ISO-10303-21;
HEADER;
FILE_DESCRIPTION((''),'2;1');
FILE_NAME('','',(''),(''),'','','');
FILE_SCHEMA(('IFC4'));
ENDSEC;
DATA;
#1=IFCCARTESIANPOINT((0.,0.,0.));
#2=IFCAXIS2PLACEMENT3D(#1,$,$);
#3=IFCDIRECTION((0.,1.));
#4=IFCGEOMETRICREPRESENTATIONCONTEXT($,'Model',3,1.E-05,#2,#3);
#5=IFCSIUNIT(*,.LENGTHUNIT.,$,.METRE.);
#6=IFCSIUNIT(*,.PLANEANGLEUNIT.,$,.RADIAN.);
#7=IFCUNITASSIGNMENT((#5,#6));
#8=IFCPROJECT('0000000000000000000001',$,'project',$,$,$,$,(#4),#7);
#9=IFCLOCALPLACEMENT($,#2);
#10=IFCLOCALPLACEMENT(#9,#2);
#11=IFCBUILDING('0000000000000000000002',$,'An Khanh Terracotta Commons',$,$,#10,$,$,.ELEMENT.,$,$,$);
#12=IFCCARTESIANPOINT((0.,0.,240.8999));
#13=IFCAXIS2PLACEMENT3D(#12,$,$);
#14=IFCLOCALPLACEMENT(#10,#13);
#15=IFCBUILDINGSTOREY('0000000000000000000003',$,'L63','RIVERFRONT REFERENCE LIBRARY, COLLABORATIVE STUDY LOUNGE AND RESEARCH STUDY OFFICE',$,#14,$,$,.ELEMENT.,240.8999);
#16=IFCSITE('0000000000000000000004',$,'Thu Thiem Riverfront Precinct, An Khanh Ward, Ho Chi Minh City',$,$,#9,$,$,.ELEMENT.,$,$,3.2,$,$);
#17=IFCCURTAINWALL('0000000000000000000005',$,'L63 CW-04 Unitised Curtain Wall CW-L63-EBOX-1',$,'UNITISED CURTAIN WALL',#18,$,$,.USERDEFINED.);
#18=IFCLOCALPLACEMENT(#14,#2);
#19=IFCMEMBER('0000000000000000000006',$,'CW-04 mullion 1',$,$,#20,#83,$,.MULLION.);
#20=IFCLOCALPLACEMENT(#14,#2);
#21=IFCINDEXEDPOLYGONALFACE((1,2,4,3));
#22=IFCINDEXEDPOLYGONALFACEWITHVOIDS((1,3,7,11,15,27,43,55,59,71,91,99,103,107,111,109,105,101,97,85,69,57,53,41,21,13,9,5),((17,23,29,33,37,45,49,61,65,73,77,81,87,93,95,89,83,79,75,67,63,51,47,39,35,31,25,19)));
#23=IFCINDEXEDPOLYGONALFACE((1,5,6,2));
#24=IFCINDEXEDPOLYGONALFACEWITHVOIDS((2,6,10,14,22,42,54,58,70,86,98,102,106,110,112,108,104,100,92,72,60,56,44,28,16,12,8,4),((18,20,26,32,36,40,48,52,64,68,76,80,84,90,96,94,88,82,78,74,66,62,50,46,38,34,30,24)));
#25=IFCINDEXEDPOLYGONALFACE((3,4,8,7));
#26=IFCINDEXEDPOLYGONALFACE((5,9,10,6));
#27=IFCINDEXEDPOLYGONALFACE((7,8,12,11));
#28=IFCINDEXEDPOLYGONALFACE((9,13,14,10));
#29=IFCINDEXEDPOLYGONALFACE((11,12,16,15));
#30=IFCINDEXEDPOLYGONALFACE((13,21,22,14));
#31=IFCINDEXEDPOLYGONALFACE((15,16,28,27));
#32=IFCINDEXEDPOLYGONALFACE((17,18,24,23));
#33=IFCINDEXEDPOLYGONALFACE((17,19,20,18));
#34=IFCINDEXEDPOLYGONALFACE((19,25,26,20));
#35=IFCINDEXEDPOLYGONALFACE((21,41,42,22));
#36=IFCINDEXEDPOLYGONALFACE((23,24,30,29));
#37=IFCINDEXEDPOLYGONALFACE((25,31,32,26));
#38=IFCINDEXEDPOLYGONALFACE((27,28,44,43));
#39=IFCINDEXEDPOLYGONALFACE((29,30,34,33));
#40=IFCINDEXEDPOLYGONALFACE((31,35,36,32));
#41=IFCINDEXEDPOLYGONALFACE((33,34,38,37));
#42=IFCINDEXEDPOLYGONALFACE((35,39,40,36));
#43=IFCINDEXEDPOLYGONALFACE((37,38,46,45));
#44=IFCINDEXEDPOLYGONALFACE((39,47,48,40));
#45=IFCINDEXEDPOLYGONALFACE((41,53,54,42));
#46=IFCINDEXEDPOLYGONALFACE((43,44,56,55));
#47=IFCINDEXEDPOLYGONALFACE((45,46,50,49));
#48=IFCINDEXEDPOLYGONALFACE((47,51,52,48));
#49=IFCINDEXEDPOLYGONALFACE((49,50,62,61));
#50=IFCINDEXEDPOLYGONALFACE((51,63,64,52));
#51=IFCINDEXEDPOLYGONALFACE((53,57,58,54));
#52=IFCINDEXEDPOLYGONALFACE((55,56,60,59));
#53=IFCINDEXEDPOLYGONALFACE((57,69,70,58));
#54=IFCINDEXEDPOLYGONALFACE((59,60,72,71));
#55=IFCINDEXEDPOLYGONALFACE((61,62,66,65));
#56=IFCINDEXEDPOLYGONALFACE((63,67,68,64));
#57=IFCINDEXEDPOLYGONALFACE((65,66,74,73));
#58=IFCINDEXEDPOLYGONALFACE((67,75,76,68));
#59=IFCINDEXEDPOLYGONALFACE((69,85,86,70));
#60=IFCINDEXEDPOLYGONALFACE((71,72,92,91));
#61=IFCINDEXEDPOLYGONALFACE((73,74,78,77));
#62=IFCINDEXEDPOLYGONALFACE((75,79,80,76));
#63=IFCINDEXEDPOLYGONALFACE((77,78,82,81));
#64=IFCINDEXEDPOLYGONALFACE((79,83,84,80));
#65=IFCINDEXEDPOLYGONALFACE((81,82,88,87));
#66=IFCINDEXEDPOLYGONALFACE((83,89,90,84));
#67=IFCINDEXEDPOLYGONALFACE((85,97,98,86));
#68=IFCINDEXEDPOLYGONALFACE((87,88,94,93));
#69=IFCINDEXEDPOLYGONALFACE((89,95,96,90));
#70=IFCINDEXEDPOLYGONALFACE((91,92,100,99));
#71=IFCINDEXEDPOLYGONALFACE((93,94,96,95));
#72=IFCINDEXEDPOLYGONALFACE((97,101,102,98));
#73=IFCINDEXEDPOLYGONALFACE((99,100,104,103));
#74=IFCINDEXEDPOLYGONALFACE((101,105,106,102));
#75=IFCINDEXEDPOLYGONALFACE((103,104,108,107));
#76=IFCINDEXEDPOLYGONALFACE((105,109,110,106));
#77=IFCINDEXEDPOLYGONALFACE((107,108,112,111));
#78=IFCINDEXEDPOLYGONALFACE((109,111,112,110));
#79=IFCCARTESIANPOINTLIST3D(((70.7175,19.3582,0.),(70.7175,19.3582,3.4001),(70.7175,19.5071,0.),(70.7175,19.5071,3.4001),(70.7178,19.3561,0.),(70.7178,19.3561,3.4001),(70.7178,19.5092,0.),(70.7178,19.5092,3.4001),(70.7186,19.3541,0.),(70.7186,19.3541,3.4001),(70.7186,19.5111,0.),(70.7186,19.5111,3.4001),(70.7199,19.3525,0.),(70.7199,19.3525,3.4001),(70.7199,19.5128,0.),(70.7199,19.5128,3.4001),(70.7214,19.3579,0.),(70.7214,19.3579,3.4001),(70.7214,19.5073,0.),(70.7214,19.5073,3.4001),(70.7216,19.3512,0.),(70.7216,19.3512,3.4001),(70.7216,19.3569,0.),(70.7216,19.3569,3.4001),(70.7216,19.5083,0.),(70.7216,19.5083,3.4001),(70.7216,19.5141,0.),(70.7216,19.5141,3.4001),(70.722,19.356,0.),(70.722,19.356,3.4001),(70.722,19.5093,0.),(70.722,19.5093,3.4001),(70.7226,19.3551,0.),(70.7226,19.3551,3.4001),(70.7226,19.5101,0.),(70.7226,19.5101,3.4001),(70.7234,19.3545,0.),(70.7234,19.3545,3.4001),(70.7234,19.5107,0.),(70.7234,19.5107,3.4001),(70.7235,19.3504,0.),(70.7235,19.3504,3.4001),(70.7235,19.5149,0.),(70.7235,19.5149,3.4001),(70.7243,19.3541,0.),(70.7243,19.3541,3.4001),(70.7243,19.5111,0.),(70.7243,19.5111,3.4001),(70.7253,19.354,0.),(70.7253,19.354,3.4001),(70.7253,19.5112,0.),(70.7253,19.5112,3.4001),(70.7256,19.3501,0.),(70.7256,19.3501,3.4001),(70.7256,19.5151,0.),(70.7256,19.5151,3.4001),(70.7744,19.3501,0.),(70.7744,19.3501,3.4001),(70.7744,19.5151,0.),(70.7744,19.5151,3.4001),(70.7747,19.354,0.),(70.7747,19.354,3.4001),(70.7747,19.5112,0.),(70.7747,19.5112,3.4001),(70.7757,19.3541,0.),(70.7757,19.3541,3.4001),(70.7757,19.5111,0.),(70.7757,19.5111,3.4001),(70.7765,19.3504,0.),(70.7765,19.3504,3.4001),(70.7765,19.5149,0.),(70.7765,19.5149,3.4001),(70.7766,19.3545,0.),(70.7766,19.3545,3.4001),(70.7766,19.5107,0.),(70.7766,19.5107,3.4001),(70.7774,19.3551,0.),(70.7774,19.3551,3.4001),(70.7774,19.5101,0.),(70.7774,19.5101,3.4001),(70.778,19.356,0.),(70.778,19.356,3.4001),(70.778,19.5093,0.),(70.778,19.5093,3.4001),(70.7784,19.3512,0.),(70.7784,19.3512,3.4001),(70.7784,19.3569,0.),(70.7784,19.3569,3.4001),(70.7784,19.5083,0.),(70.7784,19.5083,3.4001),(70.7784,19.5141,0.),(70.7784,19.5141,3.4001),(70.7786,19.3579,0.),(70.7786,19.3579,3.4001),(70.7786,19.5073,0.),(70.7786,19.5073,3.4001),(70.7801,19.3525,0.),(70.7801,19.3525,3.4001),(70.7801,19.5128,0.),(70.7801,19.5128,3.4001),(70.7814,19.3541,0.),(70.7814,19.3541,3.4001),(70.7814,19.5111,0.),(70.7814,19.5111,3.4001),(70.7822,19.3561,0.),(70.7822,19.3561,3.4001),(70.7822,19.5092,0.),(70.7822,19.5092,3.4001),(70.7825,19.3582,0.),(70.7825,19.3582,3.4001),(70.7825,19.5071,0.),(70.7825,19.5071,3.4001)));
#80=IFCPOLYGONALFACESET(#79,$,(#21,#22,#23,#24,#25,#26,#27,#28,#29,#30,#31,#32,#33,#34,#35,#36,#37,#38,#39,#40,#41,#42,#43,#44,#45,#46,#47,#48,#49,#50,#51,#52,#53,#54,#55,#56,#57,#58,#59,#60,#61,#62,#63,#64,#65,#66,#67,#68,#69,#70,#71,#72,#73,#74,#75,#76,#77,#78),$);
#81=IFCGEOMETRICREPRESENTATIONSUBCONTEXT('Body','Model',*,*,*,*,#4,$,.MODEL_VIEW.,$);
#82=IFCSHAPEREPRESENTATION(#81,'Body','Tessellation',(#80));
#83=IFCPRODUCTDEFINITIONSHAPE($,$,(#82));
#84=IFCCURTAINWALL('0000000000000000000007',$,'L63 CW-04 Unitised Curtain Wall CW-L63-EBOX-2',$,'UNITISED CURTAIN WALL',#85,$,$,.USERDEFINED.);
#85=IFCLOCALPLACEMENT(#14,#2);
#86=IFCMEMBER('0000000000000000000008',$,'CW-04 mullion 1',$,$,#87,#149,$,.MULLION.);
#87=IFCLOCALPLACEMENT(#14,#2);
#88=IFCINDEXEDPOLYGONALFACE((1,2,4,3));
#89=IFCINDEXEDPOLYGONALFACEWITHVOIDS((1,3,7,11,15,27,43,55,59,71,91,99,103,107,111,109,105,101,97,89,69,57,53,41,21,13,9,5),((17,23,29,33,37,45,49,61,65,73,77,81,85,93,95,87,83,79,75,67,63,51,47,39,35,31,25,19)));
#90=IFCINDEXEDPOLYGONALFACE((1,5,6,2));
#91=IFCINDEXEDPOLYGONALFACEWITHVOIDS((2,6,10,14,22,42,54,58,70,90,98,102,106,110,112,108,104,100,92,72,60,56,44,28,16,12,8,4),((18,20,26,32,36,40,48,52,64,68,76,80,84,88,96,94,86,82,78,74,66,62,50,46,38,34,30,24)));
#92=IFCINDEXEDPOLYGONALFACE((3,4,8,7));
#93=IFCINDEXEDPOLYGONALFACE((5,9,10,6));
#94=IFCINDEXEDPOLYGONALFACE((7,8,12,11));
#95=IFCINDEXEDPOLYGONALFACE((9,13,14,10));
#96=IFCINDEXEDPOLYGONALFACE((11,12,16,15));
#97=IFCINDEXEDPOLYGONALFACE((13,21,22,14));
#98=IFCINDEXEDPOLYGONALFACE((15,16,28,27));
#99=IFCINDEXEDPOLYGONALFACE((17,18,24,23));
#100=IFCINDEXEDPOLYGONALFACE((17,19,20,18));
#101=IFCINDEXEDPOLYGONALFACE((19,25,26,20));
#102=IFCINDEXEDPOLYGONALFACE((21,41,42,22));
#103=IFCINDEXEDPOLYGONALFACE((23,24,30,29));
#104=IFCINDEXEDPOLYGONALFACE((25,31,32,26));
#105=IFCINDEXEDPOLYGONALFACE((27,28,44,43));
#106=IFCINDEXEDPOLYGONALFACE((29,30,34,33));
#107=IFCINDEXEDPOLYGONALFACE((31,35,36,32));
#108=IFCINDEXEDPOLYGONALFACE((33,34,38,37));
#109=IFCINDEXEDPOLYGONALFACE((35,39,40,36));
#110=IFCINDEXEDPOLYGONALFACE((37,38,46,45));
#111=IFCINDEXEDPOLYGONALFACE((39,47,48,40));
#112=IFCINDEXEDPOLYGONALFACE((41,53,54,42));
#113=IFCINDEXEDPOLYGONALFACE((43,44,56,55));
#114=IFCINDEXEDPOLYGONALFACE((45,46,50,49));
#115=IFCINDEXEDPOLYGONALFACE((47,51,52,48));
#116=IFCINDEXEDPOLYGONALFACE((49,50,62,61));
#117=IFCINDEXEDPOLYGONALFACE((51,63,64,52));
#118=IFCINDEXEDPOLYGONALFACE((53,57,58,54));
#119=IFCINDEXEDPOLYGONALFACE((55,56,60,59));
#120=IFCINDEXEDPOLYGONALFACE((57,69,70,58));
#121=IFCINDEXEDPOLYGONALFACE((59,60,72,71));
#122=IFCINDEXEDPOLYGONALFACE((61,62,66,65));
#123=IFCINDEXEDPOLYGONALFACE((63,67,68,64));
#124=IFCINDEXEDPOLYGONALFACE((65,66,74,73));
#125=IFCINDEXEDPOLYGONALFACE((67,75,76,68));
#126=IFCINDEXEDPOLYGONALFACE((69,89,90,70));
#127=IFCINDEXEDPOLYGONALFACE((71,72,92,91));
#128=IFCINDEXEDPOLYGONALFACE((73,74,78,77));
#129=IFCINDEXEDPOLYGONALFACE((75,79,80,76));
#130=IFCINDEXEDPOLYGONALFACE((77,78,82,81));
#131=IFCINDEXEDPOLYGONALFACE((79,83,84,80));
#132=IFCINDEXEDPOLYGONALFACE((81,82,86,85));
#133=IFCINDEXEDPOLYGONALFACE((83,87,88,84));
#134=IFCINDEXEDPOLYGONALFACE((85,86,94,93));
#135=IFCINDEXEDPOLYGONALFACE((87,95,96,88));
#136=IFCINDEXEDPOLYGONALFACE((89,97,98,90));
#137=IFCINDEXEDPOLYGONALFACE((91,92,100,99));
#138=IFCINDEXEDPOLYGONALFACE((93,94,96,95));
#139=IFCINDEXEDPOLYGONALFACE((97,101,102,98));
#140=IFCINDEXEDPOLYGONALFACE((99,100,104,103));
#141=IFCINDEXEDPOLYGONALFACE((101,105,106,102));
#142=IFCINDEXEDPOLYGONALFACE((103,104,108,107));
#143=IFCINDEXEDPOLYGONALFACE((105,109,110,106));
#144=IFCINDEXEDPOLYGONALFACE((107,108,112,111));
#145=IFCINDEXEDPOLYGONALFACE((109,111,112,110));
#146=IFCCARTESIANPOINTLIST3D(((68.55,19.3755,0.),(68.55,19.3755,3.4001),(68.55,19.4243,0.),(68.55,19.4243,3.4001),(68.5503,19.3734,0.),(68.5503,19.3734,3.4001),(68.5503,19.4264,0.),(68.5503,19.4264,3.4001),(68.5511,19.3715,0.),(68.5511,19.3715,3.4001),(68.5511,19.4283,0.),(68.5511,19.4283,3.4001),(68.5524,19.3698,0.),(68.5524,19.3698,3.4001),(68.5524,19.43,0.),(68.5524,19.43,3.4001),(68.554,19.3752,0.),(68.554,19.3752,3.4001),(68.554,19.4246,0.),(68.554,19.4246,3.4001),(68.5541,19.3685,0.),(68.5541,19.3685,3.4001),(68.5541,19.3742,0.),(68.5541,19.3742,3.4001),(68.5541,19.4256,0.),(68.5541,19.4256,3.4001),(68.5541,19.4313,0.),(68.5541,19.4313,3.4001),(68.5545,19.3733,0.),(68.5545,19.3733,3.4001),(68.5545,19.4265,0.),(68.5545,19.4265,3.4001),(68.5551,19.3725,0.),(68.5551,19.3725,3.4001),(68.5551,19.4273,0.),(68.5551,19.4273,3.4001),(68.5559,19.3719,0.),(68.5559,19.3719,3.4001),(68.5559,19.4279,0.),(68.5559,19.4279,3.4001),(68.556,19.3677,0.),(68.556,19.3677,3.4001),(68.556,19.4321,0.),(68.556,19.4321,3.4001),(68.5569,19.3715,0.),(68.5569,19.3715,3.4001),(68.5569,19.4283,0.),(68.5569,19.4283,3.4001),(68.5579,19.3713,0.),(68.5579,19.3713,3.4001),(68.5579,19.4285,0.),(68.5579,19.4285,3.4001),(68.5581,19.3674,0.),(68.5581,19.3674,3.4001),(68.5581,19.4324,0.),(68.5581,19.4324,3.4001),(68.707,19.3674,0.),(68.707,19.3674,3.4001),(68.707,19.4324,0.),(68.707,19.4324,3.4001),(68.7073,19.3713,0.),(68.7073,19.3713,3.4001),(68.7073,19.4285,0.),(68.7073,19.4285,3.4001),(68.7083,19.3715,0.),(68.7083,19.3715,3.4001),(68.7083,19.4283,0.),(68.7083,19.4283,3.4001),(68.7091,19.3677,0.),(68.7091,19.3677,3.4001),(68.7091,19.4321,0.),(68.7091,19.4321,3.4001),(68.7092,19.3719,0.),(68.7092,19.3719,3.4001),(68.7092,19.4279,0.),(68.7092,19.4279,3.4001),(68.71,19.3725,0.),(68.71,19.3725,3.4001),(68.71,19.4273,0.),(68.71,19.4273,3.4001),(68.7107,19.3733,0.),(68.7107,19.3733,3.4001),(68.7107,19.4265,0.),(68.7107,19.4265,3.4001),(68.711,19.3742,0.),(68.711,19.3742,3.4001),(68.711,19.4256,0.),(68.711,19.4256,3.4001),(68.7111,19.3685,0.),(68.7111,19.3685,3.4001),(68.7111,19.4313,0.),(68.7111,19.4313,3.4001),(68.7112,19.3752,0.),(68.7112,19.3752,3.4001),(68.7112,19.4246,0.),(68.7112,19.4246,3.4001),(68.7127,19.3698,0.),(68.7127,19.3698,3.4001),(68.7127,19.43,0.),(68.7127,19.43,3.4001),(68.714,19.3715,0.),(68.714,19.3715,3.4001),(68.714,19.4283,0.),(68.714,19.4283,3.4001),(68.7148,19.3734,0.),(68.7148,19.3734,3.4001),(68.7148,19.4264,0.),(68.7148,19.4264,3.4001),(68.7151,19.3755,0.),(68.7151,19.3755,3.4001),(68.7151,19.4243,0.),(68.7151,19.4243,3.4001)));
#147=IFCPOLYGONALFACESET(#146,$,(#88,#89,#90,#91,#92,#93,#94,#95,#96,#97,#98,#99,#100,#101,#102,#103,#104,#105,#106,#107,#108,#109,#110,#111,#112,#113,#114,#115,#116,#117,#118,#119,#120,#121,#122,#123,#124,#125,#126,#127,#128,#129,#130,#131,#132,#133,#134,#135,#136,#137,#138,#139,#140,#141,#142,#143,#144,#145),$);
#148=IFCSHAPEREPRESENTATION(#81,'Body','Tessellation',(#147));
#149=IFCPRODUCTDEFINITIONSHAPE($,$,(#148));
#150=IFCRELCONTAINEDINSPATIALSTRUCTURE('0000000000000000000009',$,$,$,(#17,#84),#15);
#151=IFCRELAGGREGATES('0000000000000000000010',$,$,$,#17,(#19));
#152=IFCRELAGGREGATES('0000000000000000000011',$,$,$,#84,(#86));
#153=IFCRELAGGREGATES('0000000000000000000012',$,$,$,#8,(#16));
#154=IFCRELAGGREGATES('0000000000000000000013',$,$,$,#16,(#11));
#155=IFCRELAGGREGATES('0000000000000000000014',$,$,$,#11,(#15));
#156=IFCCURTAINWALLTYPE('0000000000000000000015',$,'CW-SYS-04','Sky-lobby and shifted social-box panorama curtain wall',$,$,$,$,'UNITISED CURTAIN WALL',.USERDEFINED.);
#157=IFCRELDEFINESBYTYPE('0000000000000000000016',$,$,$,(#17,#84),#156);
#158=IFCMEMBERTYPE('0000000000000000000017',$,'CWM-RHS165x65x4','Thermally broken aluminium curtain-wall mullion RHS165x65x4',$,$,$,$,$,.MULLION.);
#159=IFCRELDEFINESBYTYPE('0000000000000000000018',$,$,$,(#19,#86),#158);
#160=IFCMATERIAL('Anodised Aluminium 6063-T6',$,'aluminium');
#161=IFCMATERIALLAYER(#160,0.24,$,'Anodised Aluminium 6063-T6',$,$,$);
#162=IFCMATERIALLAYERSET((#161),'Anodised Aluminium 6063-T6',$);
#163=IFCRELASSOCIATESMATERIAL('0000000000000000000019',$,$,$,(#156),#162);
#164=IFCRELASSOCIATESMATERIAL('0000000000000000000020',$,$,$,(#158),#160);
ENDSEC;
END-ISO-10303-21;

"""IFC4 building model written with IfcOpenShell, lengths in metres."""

from ifc_helpers import new_model, si_unit, direction, frame, origin, origin_2d, place, context, subcontext, project, spatial, hollow_rectangle, extrude, material, layer, layer_set, material_profile, profile_set, type_object, element, aggregate, save


model = new_model("IFC4")

# Units and contexts
model_context = context("Model", 3, precision=1e-05, world=origin(), true_north=direction((0.0, 1.0)))
body_context = subcontext(model_context, "Body", "Model", "MODEL_VIEW")
ifc_project = project(units=[si_unit("LENGTHUNIT", "METRE"), si_unit("PLANEANGLEUNIT", "RADIAN")], contexts=[model_context])

# Site, building, storey
site_placement = place(None, origin())
site = spatial("IfcSite", under=ifc_project, at=site_placement, Name="Thu Thiem Riverfront Precinct, An Khanh Ward, Ho Chi Minh City", CompositionType="ELEMENT", RefElevation=3.2)
building_placement = place(site_placement, origin())
building = spatial("IfcBuilding", under=site, at=building_placement, Name="An Khanh Terracotta Commons", CompositionType="ELEMENT")
storey_placement = place(building_placement, frame((0.0, 0.0, 240.8999)))
storey = spatial("IfcBuildingStorey", under=building, at=storey_placement, Name="L63", Description="RIVERFRONT REFERENCE LIBRARY, COLLABORATIVE STUDY LOUNGE AND RESEARCH STUDY OFFICE", CompositionType="ELEMENT", Elevation=240.8999)

# Curtain wall, member
ifc_material_1 = material(Name="Anodised Aluminium 6063-T6", Category="aluminium")
ifc_layer_1 = layer(ifc_material_1, 0.24, Name="Anodised Aluminium 6063-T6")
ifc_layer_set_1 = layer_set([ifc_layer_1], Name="Anodised Aluminium 6063-T6")
curtain_wall_type_1 = type_object("IfcCurtainWallType", Name="CW-SYS-04", Description="Sky-lobby and shifted social-box panorama curtain wall", ElementType="UNITISED CURTAIN WALL", PredefinedType="USERDEFINED", material=ifc_layer_set_1)
curtain_wall_1_placement = place(storey_placement, origin())
curtain_wall_1 = element("IfcCurtainWall", 1, at=curtain_wall_1_placement, inside=storey, type_object=curtain_wall_type_1, Name="L63 CW-04 Unitised Curtain Wall CW-L63-EBOX-1", ObjectType="UNITISED CURTAIN WALL", PredefinedType="USERDEFINED")
ifc_material_profile_1 = material_profile(ifc_material_1, hollow_rectangle(XDim=0.0649, YDim=0.165, WallThickness=0.0039, InnerFilletRadius=0.0039, OuterFilletRadius=0.0081, at=origin_2d()), Name="RHS165x65x4")
ifc_profile_set_1 = profile_set([ifc_material_profile_1], Name="Anodised Aluminium 6063-T6")
member_type_1 = type_object("IfcMemberType", Name="CWM-RHS165x65x4", Description="Thermally broken aluminium curtain-wall mullion RHS165x65x4", PredefinedType="MULLION", material=ifc_profile_set_1)
member_1_placement = place(storey_placement, frame((70.75, 19.4326, 0.0), z_axis=(0.0, 0.0, 1.0), x_axis=(-1.0, 0.0, 0.0)))
member_1 = element("IfcMember", 2, at=member_1_placement, type_object=member_type_1, Name="CW-04 mullion 1", PredefinedType="MULLION", context=body_context, shape_type="SweptSolid", body=[
    extrude(hollow_rectangle(XDim=0.0649, YDim=0.165, WallThickness=0.0039, InnerFilletRadius=0.0039, OuterFilletRadius=0.0081, at=origin_2d()), origin(), (0.0, 0.0, 1.0), 3.4001),
])

# Curtain wall, member
curtain_wall_2_placement = place(storey_placement, origin())
curtain_wall_2 = element("IfcCurtainWall", 3, at=curtain_wall_2_placement, inside=storey, type_object=curtain_wall_type_1, Name="L63 CW-04 Unitised Curtain Wall CW-L63-EBOX-2", ObjectType="UNITISED CURTAIN WALL", PredefinedType="USERDEFINED")
member_2_placement = place(storey_placement, frame((68.6326, 19.3999, 0.0), z_axis=(0.0, 0.0, 1.0), x_axis=(0.0, 1.0, 0.0)))
member_2 = element("IfcMember", 4, at=member_2_placement, type_object=member_type_1, Name="CW-04 mullion 1", PredefinedType="MULLION", context=body_context, shape_type="SweptSolid", body=[
    extrude(hollow_rectangle(XDim=0.0649, YDim=0.165, WallThickness=0.0039, InnerFilletRadius=0.0039, OuterFilletRadius=0.0081, at=origin_2d()), origin(), (0.0, 0.0, 1.0), 3.4001),
])

aggregate(curtain_wall_1, [member_1])
aggregate(curtain_wall_2, [member_2])

save(model, "model.ifc")
